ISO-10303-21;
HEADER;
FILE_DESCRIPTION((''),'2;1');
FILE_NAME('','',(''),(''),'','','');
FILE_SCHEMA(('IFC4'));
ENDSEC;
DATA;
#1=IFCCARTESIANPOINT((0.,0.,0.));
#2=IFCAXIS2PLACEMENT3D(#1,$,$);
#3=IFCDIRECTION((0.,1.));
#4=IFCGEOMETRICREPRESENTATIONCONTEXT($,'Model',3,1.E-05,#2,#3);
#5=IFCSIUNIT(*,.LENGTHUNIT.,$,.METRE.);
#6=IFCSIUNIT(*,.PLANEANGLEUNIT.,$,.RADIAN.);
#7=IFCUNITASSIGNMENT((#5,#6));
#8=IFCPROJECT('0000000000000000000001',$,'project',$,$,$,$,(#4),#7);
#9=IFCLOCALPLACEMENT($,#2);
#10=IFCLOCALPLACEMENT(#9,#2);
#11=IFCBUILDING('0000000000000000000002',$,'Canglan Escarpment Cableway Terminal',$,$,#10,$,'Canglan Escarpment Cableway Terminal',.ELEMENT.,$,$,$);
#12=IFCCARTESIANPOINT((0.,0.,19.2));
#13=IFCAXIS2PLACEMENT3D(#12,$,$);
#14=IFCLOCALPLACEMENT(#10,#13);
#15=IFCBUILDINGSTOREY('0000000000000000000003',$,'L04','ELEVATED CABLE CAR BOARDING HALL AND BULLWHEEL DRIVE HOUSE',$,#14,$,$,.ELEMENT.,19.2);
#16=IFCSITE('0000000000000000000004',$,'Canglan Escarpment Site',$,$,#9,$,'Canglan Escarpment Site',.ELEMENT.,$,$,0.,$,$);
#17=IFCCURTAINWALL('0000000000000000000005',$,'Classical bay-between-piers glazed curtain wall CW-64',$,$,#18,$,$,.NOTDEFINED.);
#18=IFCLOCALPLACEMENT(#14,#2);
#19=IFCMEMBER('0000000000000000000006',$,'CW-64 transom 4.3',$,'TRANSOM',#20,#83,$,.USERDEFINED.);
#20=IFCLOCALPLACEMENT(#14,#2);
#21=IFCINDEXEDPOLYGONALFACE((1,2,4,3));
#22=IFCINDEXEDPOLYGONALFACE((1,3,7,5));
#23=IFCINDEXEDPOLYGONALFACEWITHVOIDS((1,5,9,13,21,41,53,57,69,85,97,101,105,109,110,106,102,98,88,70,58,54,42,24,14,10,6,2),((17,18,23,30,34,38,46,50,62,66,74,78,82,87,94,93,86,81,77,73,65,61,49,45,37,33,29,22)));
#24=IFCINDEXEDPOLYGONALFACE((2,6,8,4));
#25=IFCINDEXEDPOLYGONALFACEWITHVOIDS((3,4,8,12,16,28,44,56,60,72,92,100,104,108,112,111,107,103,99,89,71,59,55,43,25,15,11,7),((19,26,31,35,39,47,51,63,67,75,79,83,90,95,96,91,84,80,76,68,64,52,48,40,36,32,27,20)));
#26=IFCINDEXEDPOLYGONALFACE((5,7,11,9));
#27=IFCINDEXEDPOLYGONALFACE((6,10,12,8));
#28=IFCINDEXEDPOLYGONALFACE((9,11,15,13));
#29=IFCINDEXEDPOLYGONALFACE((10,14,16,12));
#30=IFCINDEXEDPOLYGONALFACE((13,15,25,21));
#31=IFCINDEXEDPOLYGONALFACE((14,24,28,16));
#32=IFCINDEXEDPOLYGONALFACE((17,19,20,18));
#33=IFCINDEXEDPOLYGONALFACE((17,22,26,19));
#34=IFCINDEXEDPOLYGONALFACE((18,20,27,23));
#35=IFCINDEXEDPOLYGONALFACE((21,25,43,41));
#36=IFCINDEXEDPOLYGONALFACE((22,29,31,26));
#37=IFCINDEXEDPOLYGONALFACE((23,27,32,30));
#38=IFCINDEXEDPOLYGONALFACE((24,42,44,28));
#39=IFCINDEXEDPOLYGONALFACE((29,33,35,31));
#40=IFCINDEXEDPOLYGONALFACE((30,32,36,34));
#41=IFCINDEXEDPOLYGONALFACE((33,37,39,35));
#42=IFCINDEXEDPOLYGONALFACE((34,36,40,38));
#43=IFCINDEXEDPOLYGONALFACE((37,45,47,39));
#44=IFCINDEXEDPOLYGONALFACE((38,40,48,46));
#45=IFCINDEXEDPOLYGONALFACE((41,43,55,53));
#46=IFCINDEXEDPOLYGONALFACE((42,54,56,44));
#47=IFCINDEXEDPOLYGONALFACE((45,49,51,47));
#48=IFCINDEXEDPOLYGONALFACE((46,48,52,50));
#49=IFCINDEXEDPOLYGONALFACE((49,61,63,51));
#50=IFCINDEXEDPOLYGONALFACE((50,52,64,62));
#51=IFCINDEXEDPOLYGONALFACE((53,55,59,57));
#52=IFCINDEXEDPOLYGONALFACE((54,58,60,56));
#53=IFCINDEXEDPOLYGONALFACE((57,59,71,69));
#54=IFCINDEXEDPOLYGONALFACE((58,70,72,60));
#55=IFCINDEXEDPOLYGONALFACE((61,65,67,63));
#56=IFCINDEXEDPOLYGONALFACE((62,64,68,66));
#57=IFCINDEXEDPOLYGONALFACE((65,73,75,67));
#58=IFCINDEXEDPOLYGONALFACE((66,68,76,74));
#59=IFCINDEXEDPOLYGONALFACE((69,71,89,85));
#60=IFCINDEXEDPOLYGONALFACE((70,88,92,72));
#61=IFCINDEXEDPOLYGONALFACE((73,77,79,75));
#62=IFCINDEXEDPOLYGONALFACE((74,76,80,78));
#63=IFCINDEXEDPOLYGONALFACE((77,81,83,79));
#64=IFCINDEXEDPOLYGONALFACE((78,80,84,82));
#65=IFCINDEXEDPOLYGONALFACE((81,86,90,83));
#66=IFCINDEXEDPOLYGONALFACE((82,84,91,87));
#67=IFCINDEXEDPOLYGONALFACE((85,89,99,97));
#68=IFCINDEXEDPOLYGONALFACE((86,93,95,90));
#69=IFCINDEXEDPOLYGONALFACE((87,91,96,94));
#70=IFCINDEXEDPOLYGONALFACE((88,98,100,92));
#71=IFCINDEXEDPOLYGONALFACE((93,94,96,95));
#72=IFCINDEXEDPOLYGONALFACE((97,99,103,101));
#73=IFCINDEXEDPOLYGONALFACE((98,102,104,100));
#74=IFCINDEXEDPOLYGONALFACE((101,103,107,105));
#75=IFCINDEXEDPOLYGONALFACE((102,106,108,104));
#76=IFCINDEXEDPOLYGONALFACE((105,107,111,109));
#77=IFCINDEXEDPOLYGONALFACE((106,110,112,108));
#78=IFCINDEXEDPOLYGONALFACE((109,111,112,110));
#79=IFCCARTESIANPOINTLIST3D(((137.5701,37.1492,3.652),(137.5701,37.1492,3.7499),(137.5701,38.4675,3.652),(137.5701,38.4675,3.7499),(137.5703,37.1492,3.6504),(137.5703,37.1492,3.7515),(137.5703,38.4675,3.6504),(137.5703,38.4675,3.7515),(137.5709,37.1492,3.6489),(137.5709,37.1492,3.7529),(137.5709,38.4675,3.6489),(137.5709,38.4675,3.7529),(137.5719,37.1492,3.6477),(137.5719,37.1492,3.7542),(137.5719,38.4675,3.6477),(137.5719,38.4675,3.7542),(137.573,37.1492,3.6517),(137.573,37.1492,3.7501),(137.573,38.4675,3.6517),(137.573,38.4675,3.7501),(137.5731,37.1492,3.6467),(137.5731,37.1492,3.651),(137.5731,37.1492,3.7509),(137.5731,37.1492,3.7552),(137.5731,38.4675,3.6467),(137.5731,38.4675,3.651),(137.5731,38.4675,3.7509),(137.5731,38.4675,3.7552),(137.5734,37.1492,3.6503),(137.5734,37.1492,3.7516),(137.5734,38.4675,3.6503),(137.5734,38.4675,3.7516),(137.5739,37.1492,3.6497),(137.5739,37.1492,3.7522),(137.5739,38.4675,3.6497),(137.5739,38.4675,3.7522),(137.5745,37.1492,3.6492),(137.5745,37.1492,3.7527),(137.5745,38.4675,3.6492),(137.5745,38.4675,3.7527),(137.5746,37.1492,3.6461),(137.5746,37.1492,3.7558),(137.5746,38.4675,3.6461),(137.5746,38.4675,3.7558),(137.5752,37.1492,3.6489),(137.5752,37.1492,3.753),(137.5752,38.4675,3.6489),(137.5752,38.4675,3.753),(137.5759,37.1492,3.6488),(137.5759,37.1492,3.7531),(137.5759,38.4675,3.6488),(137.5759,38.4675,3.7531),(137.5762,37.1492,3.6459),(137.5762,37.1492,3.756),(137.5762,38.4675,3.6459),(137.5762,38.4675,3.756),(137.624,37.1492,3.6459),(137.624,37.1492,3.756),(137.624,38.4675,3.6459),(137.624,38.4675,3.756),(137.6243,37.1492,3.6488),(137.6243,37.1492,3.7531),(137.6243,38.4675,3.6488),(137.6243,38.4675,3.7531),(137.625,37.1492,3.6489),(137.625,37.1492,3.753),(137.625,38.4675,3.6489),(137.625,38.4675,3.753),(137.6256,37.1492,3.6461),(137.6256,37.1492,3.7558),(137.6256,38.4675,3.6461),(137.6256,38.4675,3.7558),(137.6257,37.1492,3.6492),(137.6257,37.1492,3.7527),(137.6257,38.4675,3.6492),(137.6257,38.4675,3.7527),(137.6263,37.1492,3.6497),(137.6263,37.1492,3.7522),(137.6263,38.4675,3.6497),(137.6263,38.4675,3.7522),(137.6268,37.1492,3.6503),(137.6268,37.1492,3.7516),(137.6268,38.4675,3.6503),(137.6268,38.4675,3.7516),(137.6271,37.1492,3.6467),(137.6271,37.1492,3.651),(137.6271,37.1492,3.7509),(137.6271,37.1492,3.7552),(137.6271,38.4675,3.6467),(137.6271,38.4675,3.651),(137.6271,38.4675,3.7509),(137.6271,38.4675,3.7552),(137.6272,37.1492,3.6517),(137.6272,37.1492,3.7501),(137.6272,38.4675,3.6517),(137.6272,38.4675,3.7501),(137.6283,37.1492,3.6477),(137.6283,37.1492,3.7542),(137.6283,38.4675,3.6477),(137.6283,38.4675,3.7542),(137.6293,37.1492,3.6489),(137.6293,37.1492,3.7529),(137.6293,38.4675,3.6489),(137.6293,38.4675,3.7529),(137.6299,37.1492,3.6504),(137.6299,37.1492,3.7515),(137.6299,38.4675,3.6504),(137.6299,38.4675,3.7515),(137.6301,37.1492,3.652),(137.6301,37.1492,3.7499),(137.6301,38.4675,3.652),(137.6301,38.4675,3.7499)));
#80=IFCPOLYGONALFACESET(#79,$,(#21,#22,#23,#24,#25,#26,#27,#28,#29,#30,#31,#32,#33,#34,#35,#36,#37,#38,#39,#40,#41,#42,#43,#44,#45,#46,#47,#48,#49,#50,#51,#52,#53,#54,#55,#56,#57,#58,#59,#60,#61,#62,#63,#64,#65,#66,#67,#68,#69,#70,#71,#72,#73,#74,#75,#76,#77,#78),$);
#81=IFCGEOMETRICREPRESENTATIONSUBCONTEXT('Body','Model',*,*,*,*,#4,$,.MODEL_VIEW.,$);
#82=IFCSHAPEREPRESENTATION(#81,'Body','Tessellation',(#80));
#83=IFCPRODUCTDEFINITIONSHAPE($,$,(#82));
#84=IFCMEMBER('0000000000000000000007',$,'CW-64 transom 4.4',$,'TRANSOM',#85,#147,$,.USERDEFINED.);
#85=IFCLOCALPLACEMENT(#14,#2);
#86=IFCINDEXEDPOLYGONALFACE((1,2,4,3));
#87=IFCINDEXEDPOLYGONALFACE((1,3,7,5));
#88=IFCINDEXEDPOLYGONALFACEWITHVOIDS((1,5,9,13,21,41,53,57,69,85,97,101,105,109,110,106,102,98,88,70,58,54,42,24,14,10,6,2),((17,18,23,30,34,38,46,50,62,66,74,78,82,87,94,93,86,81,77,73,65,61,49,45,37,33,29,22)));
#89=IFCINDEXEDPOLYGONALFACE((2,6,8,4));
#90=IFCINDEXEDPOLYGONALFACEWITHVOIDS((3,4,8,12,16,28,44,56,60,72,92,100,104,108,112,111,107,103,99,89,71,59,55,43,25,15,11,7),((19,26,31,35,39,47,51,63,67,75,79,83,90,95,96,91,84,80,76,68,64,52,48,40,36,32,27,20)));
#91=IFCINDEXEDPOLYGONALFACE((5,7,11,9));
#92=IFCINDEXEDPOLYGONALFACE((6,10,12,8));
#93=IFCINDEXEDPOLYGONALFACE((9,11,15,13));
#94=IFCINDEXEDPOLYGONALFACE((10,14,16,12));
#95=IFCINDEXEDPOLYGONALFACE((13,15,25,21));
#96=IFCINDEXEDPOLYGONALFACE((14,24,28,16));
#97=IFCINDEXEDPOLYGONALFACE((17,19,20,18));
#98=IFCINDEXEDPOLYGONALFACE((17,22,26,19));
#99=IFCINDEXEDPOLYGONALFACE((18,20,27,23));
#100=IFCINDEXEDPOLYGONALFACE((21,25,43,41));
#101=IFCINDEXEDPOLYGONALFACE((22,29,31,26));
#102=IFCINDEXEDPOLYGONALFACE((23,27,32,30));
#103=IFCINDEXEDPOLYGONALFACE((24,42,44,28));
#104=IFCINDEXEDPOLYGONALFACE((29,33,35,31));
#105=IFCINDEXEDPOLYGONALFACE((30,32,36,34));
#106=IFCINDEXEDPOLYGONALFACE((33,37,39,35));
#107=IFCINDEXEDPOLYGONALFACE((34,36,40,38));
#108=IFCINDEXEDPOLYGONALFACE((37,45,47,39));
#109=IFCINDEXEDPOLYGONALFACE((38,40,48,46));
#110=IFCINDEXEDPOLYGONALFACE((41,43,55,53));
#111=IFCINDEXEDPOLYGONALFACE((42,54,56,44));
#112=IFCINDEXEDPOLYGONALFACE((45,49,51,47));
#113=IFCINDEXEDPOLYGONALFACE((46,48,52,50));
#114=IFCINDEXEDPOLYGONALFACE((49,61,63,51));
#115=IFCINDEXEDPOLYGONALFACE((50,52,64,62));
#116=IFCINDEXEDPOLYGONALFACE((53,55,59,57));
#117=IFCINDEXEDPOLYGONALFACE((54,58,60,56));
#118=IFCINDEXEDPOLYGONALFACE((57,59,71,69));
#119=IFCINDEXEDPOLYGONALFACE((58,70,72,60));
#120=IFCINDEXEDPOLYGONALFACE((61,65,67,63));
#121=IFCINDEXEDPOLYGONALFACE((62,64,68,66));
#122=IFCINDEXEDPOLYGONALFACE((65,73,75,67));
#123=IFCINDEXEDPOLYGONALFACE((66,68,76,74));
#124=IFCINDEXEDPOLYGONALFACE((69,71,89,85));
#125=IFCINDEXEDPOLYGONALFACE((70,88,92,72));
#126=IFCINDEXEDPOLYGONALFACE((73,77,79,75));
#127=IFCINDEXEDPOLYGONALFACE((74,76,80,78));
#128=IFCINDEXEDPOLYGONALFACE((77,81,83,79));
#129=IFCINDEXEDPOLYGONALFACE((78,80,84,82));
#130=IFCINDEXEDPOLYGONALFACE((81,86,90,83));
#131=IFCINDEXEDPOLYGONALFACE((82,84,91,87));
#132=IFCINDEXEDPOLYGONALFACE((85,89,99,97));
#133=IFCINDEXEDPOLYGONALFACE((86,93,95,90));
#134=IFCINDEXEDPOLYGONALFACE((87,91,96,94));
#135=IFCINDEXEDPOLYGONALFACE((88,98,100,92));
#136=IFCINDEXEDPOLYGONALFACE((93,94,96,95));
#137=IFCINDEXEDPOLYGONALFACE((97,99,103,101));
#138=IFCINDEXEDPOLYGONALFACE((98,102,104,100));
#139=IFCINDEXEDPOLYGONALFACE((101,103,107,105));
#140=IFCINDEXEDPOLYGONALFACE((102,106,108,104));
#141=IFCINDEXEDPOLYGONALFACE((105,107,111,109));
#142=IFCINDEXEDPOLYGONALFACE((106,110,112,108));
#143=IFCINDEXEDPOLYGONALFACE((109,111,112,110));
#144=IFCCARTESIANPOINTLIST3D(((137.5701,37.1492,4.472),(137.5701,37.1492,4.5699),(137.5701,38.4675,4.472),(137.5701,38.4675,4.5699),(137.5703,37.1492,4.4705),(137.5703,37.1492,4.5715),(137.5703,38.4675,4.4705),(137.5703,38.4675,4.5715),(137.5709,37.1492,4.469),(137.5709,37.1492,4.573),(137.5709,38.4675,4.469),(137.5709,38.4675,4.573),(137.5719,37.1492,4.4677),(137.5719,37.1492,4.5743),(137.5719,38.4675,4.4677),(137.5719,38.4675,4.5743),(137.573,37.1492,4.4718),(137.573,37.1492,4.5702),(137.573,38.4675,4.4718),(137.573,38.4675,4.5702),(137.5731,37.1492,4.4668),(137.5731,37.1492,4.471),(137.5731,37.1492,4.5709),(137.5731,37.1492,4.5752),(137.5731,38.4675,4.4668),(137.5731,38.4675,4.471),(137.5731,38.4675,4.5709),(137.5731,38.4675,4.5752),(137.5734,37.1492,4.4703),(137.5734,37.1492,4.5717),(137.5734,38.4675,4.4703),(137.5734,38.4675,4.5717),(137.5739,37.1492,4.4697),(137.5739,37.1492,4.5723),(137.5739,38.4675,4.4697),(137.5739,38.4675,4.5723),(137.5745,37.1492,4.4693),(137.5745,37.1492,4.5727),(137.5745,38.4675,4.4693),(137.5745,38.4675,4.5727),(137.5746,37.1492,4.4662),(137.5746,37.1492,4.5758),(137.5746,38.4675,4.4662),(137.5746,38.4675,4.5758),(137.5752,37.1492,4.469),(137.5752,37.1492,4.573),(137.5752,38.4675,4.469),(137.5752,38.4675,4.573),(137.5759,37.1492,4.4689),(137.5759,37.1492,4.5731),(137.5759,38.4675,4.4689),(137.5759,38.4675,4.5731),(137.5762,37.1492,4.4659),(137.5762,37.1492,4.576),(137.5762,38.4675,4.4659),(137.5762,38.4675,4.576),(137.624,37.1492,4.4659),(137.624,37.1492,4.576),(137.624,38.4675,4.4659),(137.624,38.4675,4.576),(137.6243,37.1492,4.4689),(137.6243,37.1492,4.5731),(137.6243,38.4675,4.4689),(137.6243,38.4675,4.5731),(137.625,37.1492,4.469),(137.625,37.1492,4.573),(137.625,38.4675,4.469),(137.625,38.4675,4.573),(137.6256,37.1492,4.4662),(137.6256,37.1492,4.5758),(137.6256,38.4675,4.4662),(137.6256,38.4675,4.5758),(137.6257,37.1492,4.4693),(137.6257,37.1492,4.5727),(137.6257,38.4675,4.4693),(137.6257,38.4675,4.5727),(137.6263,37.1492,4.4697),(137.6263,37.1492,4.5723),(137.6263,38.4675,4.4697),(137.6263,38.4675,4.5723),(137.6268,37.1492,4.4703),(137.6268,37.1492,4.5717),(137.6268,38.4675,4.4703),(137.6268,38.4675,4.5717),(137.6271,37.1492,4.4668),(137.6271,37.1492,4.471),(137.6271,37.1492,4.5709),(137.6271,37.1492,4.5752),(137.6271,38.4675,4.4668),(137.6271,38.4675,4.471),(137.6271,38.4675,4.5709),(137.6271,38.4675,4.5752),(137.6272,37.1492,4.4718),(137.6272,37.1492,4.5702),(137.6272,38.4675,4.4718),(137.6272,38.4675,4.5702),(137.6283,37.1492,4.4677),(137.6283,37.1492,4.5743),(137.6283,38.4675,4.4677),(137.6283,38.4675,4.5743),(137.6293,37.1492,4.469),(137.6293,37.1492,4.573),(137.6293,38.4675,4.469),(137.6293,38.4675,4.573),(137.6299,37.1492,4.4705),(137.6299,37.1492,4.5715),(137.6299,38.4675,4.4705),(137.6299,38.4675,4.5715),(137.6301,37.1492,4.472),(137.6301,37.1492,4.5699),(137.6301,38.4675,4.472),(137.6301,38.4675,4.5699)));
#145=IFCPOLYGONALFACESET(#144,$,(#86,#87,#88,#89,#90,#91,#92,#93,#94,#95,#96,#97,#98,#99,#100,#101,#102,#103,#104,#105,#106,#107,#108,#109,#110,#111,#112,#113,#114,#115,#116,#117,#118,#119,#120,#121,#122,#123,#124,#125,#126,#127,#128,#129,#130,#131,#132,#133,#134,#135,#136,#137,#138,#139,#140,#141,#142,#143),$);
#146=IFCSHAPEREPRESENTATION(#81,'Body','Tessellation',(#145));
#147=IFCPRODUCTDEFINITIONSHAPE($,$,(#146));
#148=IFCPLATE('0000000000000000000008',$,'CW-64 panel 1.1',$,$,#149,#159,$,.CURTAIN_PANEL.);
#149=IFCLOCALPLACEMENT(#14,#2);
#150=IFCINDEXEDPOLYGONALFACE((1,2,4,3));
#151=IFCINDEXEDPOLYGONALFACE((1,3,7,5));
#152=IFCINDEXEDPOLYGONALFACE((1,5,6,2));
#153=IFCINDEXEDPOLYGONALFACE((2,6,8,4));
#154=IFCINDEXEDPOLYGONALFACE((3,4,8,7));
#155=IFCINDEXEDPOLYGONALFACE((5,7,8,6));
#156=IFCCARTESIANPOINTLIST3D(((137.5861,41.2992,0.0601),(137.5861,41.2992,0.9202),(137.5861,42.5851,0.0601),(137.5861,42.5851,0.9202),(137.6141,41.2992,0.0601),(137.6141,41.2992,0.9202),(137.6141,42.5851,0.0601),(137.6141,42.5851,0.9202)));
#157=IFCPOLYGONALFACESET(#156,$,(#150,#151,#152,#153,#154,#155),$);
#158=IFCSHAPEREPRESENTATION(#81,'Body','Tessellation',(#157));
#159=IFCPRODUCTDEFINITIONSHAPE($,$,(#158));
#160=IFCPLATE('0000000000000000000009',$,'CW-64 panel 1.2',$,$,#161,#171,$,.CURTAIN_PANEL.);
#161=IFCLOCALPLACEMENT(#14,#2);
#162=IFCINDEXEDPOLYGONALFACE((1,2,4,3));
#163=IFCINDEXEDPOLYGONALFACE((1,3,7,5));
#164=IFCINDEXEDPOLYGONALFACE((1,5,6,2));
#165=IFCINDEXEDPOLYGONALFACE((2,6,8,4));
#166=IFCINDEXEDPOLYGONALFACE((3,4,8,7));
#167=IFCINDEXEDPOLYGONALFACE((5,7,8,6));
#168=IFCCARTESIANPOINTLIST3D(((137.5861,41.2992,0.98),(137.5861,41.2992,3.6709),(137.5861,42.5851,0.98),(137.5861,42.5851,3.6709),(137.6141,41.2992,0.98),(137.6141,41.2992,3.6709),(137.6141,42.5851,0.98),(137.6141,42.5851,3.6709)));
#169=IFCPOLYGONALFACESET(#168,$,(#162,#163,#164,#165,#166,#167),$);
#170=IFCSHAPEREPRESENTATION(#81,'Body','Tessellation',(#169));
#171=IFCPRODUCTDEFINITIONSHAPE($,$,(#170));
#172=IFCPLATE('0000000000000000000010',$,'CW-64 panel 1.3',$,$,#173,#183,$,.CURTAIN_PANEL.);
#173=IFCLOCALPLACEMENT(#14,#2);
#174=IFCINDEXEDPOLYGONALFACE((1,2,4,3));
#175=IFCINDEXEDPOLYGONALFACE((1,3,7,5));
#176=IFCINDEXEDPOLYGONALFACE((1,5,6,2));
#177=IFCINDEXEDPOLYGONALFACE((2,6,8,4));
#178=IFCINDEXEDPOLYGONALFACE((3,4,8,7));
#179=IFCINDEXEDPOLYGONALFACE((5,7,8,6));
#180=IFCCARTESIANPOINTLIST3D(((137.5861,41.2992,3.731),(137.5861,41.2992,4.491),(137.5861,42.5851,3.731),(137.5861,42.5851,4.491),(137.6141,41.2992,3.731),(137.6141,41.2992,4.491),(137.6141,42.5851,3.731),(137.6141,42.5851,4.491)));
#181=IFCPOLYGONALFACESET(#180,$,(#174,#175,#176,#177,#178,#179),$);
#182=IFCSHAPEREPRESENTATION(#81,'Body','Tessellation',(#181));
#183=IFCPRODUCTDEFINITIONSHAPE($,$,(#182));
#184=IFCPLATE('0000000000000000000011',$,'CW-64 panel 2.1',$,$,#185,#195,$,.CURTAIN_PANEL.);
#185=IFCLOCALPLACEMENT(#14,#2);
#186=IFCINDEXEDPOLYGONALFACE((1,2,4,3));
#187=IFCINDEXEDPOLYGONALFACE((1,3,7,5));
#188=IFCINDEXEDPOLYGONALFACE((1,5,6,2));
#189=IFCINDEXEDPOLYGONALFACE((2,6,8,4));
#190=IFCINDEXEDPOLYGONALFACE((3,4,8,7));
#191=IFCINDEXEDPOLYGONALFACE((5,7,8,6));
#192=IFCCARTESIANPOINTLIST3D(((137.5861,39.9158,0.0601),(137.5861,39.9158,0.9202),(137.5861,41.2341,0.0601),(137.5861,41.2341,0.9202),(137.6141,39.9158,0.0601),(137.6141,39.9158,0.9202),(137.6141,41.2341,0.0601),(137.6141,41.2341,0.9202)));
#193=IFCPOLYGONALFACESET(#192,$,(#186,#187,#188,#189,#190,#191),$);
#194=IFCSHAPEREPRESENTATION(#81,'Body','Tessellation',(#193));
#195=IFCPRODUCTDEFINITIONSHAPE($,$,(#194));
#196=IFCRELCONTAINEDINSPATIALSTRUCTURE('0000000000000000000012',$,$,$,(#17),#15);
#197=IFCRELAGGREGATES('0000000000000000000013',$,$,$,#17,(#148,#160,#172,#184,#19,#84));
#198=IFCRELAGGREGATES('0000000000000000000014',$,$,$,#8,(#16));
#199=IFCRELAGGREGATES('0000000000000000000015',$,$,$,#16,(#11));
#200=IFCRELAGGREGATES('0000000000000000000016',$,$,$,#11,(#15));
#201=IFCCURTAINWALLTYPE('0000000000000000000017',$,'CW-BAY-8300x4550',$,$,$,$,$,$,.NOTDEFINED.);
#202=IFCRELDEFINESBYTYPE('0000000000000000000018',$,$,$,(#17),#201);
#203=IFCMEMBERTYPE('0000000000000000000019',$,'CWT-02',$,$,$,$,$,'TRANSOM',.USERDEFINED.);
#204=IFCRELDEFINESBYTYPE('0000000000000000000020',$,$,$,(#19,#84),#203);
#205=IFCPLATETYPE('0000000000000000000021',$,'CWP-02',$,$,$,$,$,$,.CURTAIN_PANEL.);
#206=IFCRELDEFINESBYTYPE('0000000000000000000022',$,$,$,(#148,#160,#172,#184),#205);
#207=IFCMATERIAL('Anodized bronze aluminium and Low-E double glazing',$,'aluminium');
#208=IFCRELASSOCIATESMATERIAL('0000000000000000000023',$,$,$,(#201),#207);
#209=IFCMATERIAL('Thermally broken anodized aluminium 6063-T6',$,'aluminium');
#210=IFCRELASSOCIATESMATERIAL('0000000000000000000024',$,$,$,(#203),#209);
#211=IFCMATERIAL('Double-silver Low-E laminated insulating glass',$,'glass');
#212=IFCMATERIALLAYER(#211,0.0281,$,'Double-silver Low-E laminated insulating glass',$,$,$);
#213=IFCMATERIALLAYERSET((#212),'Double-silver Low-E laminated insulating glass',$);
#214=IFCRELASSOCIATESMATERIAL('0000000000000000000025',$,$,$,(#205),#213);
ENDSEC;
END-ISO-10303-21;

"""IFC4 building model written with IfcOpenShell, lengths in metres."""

from ifc_helpers import new_model, si_unit, direction, frame, origin, origin_2d, place, context, subcontext, project, spatial, rectangle, hollow_rectangle, extrude, material, layer, layer_set, material_profile, profile_set, type_object, element, aggregate, save


model = new_model("IFC4")

# Units and contexts
model_context = context("Model", 3, precision=1e-05, world=origin(), true_north=direction((0.0, 1.0)))
body_context = subcontext(model_context, "Body", "Model", "MODEL_VIEW")
ifc_project = project(units=[si_unit("LENGTHUNIT", "METRE"), si_unit("PLANEANGLEUNIT", "RADIAN")], contexts=[model_context])

# Site, building, storey
site_placement = place(None, origin())
site = spatial("IfcSite", under=ifc_project, at=site_placement, Name="Canglan Escarpment Site", LongName="Canglan Escarpment Site", CompositionType="ELEMENT", RefElevation=0.0)
building_placement = place(site_placement, origin())
building = spatial("IfcBuilding", under=site, at=building_placement, Name="Canglan Escarpment Cableway Terminal", LongName="Canglan Escarpment Cableway Terminal", CompositionType="ELEMENT")
storey_placement = place(building_placement, frame((0.0, 0.0, 19.2)))
storey = spatial("IfcBuildingStorey", under=building, at=storey_placement, Name="L04", Description="ELEVATED CABLE CAR BOARDING HALL AND BULLWHEEL DRIVE HOUSE", CompositionType="ELEMENT", Elevation=19.2)

# Curtain wall, members, plates
ifc_material_1 = material(Name="Anodized bronze aluminium and Low-E double glazing", Category="aluminium")
curtain_wall_type = type_object("IfcCurtainWallType", Name="CW-BAY-8300x4550", PredefinedType="NOTDEFINED", material=ifc_material_1)
curtain_wall_placement = place(storey_placement, origin())
curtain_wall = element("IfcCurtainWall", 1, at=curtain_wall_placement, inside=storey, type_object=curtain_wall_type, Name="Classical bay-between-piers glazed curtain wall CW-64", PredefinedType="NOTDEFINED")
ifc_material_2 = material(Name="Thermally broken anodized aluminium 6063-T6", Category="aluminium")
ifc_material_profile_1 = material_profile(ifc_material_2, hollow_rectangle(XDim=0.0601, YDim=0.1101, WallThickness=0.0029, InnerFilletRadius=0.0029, OuterFilletRadius=0.0061, at=origin_2d()), Name="ALU-TRAN 60x110x3")
ifc_profile_set_1 = profile_set([ifc_material_profile_1], Name="Thermally broken anodized aluminium 6063-T6")
member_type_1 = type_object("IfcMemberType", Name="CWT-02", ElementType="TRANSOM", PredefinedType="USERDEFINED", material=ifc_profile_set_1)
member_1_placement = place(storey_placement, frame((137.6001, 38.4675, 3.7009), z_axis=(0.0, -1.0, 0.0), x_axis=(1.0, 0.0, 0.0)))
member_1 = element("IfcMember", 2, at=member_1_placement, type_object=member_type_1, Name="CW-64 transom 4.3", ObjectType="TRANSOM", PredefinedType="USERDEFINED", context=body_context, shape_type="SweptSolid", body=[
    extrude(hollow_rectangle(XDim=0.0601, YDim=0.1101, WallThickness=0.0029, InnerFilletRadius=0.0029, OuterFilletRadius=0.0061, at=origin_2d()), origin(), (0.0, 0.0, 1.0), 1.3184),
])
member_2_placement = place(storey_placement, frame((137.6001, 38.4675, 4.521), z_axis=(0.0, -1.0, 0.0), x_axis=(1.0, 0.0, 0.0)))
member_2 = element("IfcMember", 3, at=member_2_placement, type_object=member_type_1, Name="CW-64 transom 4.4", ObjectType="TRANSOM", PredefinedType="USERDEFINED", context=body_context, shape_type="SweptSolid", body=[
    extrude(hollow_rectangle(XDim=0.0601, YDim=0.1101, WallThickness=0.0029, InnerFilletRadius=0.0029, OuterFilletRadius=0.0061, at=origin_2d()), origin(), (0.0, 0.0, 1.0), 1.3184),
])
ifc_material_3 = material(Name="Double-silver Low-E laminated insulating glass", Category="glass")
ifc_layer = layer(ifc_material_3, 0.0281, Name="Double-silver Low-E laminated insulating glass")
ifc_layer_set = layer_set([ifc_layer], Name="Double-silver Low-E laminated insulating glass")
plate_type = type_object("IfcPlateType", Name="CWP-02", PredefinedType="CURTAIN_PANEL", material=ifc_layer_set)
plate_1_placement = place(storey_placement, frame((137.6001, 41.9421, 0.0601), z_axis=(0.0, 0.0, 1.0), x_axis=(0.0, -1.0, 0.0)))
plate_1 = element("IfcPlate", 4, at=plate_1_placement, type_object=plate_type, Name="CW-64 panel 1.1", PredefinedType="CURTAIN_PANEL", context=body_context, shape_type="SweptSolid", body=[
    extrude(rectangle(XDim=1.2859, YDim=0.0281, at=origin_2d()), origin(), (0.0, 0.0, 1.0), 0.8601),
])
plate_2_placement = place(storey_placement, frame((137.6001, 41.9421, 0.98), z_axis=(0.0, 0.0, 1.0), x_axis=(0.0, -1.0, 0.0)))
plate_2 = element("IfcPlate", 5, at=plate_2_placement, type_object=plate_type, Name="CW-64 panel 1.2", PredefinedType="CURTAIN_PANEL", context=body_context, shape_type="SweptSolid", body=[
    extrude(rectangle(XDim=1.2859, YDim=0.0281, at=origin_2d()), origin(), (0.0, 0.0, 1.0), 2.6909),
])
plate_3_placement = place(storey_placement, frame((137.6001, 41.9421, 3.731), z_axis=(0.0, 0.0, 1.0), x_axis=(0.0, -1.0, 0.0)))
plate_3 = element("IfcPlate", 6, at=plate_3_placement, type_object=plate_type, Name="CW-64 panel 1.3", PredefinedType="CURTAIN_PANEL", context=body_context, shape_type="SweptSolid", body=[
    extrude(rectangle(XDim=1.2859, YDim=0.0281, at=origin_2d()), origin(), (0.0, 0.0, 1.0), 0.76),
])
plate_4_placement = place(storey_placement, frame((137.6001, 40.575, 0.0601), z_axis=(0.0, 0.0, 1.0), x_axis=(0.0, -1.0, 0.0)))
plate_4 = element("IfcPlate", 7, at=plate_4_placement, type_object=plate_type, Name="CW-64 panel 2.1", PredefinedType="CURTAIN_PANEL", context=body_context, shape_type="SweptSolid", body=[
    extrude(rectangle(XDim=1.3184, YDim=0.0281, at=origin_2d()), origin(), (0.0, 0.0, 1.0), 0.8601),
])
aggregate(curtain_wall, [plate_1, plate_2, plate_3, plate_4, member_1, member_2])

save(model, "model.ifc")
